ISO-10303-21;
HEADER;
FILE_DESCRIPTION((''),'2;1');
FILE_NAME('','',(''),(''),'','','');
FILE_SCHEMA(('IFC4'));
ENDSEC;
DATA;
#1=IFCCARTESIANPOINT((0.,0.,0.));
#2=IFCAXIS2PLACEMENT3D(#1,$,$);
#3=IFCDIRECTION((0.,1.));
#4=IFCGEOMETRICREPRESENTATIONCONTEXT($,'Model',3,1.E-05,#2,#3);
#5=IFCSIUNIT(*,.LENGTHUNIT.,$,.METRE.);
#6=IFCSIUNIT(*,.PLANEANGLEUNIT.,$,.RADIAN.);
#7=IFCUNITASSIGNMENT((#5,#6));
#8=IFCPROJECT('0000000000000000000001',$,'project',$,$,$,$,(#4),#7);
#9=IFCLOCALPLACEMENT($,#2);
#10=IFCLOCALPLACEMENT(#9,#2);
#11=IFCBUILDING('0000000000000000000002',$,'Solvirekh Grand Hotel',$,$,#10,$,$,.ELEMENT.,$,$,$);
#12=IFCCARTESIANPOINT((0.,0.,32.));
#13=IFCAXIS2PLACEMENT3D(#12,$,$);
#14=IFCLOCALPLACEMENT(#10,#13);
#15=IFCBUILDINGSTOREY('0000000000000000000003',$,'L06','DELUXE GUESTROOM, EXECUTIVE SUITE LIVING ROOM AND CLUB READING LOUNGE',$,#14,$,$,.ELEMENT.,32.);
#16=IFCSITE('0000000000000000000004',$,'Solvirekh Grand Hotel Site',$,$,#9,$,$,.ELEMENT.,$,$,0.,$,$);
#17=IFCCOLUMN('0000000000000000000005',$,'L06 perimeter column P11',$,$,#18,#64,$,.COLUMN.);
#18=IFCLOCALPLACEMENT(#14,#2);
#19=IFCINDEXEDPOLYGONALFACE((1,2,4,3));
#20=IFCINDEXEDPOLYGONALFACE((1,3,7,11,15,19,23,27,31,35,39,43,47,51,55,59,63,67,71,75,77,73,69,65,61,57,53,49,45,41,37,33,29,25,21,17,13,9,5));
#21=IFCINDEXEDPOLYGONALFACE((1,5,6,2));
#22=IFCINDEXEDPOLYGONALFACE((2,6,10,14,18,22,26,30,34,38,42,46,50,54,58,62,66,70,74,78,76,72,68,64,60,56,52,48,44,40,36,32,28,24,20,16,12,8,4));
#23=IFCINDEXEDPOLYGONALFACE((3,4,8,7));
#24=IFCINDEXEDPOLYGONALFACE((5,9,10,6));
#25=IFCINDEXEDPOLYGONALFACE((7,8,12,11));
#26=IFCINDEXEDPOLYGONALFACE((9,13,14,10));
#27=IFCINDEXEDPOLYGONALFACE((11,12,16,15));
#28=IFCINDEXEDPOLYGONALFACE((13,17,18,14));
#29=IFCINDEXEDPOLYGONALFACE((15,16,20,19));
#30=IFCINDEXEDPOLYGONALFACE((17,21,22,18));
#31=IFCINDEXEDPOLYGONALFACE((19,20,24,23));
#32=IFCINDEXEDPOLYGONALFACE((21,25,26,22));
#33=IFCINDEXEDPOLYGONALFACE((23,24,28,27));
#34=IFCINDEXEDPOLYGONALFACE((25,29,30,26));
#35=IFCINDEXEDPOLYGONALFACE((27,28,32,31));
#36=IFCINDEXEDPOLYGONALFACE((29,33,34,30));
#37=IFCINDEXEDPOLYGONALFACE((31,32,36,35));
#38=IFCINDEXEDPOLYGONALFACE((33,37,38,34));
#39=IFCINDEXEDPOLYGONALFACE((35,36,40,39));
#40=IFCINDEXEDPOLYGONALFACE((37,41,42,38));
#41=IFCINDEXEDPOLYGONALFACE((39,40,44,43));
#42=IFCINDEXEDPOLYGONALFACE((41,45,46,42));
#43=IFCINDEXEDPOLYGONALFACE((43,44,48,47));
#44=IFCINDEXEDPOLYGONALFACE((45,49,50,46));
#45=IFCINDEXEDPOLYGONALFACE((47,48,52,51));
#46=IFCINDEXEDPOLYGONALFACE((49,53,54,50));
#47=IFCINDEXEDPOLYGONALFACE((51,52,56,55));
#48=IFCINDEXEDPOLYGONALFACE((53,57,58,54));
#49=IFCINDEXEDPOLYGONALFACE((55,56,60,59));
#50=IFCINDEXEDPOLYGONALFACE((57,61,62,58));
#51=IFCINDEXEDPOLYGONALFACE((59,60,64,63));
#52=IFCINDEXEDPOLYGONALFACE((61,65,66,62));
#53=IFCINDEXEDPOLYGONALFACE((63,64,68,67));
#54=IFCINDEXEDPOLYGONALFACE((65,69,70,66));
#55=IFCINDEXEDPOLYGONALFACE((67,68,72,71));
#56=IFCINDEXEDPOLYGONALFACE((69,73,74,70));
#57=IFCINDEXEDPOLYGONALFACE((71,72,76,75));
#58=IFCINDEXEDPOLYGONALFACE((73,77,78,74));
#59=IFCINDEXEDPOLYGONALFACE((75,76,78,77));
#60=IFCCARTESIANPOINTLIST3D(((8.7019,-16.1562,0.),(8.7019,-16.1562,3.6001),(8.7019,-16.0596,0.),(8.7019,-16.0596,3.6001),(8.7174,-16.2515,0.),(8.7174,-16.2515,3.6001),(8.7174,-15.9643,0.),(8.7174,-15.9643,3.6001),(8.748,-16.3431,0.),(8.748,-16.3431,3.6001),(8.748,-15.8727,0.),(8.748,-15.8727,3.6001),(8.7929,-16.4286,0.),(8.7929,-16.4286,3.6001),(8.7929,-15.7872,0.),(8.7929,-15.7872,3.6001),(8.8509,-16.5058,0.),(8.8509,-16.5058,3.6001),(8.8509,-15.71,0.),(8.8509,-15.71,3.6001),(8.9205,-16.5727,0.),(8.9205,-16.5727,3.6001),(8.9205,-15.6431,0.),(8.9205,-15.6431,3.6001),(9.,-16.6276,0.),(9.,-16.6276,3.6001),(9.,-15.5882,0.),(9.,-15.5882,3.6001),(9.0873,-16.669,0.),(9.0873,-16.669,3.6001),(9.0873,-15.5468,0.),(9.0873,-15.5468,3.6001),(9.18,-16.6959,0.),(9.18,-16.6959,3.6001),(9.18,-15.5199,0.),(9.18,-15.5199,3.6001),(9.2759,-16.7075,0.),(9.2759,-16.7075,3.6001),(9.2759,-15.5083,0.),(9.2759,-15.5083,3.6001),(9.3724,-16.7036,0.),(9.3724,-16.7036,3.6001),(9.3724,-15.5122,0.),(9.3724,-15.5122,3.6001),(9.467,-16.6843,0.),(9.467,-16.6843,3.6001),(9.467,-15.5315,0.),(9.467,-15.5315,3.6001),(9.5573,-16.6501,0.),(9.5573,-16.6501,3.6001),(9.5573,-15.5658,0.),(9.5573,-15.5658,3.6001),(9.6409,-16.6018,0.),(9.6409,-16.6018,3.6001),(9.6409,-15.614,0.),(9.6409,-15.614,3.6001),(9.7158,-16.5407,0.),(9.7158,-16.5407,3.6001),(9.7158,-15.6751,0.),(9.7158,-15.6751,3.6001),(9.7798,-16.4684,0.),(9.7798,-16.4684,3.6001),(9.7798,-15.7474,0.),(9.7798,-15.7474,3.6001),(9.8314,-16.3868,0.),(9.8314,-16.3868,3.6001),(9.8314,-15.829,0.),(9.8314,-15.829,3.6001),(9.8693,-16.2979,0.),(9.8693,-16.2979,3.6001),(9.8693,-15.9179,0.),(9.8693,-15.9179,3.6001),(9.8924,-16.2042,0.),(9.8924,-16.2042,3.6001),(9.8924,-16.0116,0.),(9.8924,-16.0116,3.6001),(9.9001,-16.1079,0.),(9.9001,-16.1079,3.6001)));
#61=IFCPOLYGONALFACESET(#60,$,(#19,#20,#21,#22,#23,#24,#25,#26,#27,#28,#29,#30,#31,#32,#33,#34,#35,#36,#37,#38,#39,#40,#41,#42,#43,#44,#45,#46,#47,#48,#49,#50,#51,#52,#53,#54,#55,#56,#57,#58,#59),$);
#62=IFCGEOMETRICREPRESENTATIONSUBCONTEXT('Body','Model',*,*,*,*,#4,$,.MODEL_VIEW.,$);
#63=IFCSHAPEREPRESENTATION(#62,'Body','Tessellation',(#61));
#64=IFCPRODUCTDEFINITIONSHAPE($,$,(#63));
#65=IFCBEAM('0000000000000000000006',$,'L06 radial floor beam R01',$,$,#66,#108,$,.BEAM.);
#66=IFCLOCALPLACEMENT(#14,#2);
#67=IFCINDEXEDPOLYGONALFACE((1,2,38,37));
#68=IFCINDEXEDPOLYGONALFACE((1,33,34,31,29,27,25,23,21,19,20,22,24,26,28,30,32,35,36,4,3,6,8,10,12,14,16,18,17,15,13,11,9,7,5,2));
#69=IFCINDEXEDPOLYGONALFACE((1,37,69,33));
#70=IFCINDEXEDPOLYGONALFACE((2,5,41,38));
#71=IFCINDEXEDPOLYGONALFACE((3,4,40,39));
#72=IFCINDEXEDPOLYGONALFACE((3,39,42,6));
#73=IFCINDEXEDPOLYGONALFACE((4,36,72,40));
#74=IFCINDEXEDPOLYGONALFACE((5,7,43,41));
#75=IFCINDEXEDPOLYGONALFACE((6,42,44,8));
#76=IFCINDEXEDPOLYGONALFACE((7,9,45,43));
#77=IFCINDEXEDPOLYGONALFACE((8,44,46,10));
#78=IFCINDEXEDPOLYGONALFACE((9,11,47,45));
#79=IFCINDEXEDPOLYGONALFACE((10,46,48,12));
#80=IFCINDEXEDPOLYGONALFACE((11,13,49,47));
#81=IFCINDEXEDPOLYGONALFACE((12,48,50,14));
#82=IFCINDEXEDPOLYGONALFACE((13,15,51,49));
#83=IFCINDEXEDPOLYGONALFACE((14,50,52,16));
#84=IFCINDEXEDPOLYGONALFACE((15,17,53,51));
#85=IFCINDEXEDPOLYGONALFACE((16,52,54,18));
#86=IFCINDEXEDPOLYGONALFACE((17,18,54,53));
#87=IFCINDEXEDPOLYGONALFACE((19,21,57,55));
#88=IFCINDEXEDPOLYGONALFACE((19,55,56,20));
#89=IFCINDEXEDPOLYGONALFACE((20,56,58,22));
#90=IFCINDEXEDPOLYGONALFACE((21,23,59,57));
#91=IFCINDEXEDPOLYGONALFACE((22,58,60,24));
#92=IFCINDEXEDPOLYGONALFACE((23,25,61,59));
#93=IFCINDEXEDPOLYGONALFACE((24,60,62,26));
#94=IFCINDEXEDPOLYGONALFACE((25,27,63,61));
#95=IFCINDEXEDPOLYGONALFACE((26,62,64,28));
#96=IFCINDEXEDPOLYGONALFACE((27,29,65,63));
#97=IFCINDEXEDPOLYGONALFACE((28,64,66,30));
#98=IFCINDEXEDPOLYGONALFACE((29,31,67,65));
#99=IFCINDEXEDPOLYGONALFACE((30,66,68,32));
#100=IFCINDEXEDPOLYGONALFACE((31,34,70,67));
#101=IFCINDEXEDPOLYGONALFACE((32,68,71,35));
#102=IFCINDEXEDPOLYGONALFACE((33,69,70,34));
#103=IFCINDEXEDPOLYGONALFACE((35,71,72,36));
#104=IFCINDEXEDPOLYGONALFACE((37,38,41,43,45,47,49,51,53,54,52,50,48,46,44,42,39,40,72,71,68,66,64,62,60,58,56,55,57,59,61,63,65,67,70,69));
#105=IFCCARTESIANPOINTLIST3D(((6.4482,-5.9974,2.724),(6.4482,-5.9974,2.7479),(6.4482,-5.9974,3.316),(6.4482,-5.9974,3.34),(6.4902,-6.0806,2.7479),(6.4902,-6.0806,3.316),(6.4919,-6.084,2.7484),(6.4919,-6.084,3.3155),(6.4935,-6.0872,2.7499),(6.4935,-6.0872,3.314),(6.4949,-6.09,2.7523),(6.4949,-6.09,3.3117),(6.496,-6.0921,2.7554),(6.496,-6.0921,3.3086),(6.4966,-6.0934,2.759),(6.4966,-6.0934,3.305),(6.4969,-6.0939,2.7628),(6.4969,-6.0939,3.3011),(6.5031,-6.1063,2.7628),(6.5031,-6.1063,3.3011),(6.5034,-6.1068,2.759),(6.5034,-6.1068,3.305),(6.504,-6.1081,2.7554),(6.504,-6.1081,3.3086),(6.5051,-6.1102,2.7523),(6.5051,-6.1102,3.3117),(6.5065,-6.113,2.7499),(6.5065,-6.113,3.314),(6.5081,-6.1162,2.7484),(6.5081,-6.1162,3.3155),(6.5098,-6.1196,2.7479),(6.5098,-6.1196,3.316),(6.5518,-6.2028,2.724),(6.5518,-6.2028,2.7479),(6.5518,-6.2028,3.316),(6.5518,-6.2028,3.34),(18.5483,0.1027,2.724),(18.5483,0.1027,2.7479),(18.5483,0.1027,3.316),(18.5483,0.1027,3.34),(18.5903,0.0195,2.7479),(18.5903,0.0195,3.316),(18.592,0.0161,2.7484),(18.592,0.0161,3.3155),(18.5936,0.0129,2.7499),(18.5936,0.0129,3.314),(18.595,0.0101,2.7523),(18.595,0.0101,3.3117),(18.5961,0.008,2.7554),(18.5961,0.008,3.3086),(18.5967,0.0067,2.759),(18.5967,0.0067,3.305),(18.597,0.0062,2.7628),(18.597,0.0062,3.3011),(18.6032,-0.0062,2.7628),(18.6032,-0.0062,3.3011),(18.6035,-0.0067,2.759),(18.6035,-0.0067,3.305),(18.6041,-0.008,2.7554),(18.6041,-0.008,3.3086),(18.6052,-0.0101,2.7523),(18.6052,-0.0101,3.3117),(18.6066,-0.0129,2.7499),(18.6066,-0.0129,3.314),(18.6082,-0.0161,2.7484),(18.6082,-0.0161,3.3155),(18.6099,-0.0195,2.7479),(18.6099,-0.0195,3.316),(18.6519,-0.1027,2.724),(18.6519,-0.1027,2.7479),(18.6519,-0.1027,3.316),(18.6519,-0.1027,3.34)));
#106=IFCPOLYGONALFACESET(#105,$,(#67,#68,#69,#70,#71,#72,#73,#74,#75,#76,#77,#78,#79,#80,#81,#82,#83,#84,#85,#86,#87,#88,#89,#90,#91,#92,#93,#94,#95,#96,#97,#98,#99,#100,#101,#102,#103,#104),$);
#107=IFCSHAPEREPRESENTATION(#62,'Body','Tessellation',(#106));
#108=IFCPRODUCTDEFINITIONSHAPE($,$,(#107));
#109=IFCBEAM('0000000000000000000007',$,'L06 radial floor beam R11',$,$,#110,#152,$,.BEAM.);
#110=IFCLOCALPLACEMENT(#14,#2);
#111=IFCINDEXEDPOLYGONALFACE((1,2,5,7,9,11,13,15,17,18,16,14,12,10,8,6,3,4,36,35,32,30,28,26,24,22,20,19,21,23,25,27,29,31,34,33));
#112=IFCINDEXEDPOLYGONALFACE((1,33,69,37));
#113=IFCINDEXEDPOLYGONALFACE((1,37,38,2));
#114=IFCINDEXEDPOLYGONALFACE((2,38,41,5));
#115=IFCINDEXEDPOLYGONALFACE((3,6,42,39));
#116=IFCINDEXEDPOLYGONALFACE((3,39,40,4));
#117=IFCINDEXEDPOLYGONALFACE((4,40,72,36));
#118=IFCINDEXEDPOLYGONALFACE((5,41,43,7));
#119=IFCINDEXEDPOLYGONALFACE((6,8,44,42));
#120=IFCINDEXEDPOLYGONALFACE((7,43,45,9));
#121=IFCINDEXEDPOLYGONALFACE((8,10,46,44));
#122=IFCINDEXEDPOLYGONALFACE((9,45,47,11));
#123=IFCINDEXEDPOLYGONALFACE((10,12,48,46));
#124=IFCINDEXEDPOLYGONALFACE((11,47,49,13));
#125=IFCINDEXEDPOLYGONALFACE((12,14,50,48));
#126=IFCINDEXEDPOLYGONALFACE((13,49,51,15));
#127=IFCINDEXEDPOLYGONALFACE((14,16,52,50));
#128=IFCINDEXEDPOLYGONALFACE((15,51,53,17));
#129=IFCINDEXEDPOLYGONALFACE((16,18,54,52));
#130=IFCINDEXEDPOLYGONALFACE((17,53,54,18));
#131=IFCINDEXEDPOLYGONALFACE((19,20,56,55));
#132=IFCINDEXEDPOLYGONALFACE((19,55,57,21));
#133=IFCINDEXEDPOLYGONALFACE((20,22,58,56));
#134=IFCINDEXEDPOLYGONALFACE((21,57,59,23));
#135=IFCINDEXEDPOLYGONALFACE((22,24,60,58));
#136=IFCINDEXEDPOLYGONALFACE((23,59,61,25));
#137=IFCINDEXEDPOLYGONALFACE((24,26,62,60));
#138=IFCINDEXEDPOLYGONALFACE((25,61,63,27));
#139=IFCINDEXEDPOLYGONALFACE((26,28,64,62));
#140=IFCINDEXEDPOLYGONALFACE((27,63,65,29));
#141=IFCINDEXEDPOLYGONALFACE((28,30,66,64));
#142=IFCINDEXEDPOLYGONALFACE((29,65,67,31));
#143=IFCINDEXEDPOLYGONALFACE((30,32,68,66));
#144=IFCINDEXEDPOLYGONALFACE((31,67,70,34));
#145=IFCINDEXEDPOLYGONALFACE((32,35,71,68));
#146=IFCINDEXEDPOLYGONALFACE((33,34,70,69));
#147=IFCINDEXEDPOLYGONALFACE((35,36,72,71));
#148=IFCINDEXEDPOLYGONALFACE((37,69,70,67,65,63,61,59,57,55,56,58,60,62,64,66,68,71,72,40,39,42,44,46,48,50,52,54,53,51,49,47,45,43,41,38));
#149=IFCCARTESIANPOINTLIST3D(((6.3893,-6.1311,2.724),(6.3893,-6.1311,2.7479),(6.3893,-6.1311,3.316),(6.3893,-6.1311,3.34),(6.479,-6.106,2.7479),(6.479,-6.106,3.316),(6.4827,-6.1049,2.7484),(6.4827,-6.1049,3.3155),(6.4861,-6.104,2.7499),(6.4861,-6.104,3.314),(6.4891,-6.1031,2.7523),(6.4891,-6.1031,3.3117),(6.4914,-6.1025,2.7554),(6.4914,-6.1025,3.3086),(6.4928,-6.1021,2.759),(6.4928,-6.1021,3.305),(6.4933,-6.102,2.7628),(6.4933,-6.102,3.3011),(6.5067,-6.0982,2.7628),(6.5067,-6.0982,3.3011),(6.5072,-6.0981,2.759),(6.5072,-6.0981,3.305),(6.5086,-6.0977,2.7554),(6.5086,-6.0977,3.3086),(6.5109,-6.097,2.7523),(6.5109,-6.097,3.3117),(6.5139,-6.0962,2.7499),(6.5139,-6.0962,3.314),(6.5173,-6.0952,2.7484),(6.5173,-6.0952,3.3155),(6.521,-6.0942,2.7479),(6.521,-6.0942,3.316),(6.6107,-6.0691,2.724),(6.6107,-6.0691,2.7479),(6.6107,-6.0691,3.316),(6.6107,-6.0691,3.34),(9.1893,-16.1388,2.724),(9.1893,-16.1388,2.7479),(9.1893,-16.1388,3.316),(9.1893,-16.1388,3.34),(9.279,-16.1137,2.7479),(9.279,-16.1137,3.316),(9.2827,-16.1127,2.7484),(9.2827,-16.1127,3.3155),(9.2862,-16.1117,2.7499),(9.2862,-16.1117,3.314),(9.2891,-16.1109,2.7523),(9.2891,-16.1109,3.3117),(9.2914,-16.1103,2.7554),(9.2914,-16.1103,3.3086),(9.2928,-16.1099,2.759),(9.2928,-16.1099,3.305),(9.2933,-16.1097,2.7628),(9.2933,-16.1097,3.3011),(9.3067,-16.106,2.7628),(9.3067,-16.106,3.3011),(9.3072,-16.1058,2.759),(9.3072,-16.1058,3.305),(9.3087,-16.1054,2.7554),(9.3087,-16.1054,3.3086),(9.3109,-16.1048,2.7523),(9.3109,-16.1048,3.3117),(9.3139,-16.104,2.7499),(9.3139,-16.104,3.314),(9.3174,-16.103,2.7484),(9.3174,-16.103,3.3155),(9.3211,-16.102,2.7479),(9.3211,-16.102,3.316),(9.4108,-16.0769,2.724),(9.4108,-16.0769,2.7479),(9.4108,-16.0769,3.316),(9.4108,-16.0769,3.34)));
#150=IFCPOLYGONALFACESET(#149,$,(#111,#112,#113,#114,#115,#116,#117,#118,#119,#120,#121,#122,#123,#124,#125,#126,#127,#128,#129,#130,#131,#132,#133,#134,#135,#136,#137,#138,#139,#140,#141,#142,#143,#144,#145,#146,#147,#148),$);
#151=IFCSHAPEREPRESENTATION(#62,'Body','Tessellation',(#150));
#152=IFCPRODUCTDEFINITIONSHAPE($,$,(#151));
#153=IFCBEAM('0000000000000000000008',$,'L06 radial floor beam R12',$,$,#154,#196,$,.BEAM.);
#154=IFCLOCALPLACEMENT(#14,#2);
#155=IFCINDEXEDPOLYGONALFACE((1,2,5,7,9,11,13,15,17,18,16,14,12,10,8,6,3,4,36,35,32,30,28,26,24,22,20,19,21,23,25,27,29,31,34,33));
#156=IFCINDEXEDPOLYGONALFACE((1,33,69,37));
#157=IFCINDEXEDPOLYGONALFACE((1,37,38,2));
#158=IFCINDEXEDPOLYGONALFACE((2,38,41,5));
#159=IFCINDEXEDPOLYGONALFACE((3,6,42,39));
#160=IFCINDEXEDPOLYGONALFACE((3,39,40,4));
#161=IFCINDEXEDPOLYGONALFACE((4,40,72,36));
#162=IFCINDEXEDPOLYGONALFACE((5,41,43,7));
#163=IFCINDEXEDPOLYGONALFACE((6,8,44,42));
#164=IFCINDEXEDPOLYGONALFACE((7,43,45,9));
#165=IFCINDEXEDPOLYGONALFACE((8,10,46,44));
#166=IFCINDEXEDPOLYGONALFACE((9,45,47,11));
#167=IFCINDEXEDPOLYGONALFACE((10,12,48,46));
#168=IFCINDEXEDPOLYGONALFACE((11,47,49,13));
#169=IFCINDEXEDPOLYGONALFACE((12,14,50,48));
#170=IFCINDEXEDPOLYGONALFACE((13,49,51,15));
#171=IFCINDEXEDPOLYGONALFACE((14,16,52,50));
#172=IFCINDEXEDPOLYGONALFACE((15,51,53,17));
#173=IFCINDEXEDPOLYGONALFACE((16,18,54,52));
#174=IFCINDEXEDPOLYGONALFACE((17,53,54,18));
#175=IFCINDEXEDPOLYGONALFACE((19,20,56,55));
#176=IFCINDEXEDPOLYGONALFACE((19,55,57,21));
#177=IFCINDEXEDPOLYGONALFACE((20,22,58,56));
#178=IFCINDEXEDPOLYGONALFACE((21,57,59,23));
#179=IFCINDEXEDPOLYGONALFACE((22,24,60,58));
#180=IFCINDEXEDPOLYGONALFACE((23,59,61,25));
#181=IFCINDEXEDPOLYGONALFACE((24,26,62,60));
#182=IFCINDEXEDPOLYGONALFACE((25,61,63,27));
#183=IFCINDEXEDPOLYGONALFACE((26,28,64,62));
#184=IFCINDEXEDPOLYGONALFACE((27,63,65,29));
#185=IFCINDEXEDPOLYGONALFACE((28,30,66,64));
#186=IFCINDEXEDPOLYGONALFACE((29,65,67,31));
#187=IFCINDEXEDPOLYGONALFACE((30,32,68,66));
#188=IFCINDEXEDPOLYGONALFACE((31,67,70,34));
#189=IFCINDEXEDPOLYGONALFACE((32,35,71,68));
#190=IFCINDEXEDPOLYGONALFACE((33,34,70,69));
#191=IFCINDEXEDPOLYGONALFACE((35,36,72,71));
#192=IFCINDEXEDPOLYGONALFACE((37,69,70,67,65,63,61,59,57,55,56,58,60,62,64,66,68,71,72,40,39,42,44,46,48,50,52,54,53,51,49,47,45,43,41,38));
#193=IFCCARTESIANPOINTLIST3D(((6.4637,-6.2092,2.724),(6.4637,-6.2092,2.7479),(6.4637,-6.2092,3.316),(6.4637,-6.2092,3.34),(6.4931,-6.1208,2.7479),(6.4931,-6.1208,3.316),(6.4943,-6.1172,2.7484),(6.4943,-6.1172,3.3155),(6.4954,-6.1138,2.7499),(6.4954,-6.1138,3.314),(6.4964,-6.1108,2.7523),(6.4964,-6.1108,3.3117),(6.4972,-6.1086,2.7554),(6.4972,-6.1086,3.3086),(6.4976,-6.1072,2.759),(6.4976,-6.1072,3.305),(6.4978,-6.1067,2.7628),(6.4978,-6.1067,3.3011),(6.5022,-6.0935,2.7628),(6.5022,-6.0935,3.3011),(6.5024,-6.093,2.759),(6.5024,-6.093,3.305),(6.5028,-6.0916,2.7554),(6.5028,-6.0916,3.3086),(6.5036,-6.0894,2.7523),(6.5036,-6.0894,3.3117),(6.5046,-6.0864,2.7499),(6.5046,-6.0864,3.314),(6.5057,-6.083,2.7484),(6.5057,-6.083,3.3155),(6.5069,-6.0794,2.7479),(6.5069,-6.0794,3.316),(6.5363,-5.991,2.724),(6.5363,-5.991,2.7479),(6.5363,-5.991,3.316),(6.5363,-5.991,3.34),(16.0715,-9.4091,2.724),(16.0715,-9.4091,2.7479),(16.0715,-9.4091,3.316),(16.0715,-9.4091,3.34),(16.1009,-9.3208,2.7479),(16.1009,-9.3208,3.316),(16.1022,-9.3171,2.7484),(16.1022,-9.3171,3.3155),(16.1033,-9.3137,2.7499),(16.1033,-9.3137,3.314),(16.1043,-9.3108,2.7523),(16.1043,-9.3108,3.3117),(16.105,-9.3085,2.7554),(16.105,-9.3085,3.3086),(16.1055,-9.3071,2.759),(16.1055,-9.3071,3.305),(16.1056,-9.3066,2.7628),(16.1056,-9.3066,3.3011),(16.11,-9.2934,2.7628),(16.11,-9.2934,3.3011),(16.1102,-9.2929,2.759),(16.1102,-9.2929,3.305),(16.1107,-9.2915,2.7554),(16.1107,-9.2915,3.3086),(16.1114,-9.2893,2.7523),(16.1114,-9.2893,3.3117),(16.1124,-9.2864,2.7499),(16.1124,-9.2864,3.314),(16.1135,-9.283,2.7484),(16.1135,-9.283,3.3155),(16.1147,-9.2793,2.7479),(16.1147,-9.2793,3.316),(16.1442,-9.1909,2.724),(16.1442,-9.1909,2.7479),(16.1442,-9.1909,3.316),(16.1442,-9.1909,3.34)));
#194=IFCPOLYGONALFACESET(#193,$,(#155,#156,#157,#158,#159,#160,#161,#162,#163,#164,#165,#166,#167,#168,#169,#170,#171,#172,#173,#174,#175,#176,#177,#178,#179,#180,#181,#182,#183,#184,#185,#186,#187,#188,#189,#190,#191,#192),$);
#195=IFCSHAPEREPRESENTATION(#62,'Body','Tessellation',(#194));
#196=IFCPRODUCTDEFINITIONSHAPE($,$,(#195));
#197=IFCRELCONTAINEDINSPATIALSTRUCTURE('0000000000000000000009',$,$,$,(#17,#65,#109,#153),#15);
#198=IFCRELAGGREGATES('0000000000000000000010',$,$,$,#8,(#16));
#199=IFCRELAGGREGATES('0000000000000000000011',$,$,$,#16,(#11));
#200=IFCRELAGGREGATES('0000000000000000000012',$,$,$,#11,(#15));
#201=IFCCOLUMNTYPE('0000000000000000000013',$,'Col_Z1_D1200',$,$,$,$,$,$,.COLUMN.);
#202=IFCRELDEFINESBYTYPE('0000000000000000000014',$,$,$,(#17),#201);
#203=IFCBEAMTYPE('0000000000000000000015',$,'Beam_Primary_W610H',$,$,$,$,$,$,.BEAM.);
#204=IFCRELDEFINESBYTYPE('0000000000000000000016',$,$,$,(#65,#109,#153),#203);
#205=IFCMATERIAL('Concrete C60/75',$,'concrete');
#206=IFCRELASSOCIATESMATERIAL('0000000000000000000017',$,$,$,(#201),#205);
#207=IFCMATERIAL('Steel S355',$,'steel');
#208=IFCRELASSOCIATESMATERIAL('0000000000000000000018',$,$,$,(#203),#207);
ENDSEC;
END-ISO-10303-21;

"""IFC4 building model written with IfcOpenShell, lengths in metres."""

from ifc_helpers import new_model, si_unit, direction, frame, origin, origin_2d, place, context, subcontext, project, spatial, circle, i_section, extrude, material, material_profile, profile_set, type_object, element, save


model = new_model("IFC4")

# Units and contexts
model_context = context("Model", 3, precision=1e-05, world=origin(), true_north=direction((0.0, 1.0)))
body_context = subcontext(model_context, "Body", "Model", "MODEL_VIEW")
ifc_project = project(units=[si_unit("LENGTHUNIT", "METRE"), si_unit("PLANEANGLEUNIT", "RADIAN")], contexts=[model_context])

# Site, building, storey
site_placement = place(None, origin())
site = spatial("IfcSite", under=ifc_project, at=site_placement, Name="Solvirekh Grand Hotel Site", CompositionType="ELEMENT", RefElevation=0.0)
building_placement = place(site_placement, origin())
building = spatial("IfcBuilding", under=site, at=building_placement, Name="Solvirekh Grand Hotel", CompositionType="ELEMENT")
storey_placement = place(building_placement, frame((0.0, 0.0, 32.0)))
storey = spatial("IfcBuildingStorey", under=building, at=storey_placement, Name="L06", Description="DELUXE GUESTROOM, EXECUTIVE SUITE LIVING ROOM AND CLUB READING LOUNGE", CompositionType="ELEMENT", Elevation=32.0)

# Column
ifc_material_1 = material(Name="Concrete C60/75", Category="concrete")
ifc_material_profile_1 = material_profile(ifc_material_1, circle(Radius=0.6001, at=origin_2d()), Name="RC CIRC D1200")
ifc_profile_set_1 = profile_set([ifc_material_profile_1], Name="Concrete C60/75")
column_type = type_object("IfcColumnType", Name="Col_Z1_D1200", PredefinedType="COLUMN", material=ifc_profile_set_1)
column_placement = place(storey_placement, frame((9.3, -16.1079, 0.0), z_axis=(0.0, 0.0, 1.0), x_axis=(1.0, 0.0, 0.0)))
element("IfcColumn", 1, at=column_placement, inside=storey, type_object=column_type, Name="L06 perimeter column P11", PredefinedType="COLUMN", context=body_context, shape_type="SweptSolid", body=[
    extrude(circle(Radius=0.6001, at=origin_2d()), origin(), (0.0, 0.0, 1.0), 3.6001),
])

# Beams
ifc_material_2 = material(Name="Steel S355", Category="steel")
ifc_material_profile_2 = material_profile(ifc_material_2, i_section(OverallWidth=0.23, OverallDepth=0.616, WebThickness=0.0139, FlangeThickness=0.0239, FilletRadius=0.0149, at=origin_2d()), Name="W610X174")
ifc_profile_set_2 = profile_set([ifc_material_profile_2], Name="Steel S355")
beam_type_1 = type_object("IfcBeamType", Name="Beam_Primary_W610H", PredefinedType="BEAM", material=ifc_profile_set_2)
beam_1_placement = place(storey_placement, frame((6.5, -6.1001, 3.032), z_axis=(0.892945, 0.450166, 0.0), x_axis=(-0.450166, 0.892945, 0.0)))
element("IfcBeam", 2, at=beam_1_placement, inside=storey, type_object=beam_type_1, Name="L06 radial floor beam R01", PredefinedType="BEAM", context=body_context, shape_type="SweptSolid", body=[
    extrude(i_section(OverallWidth=0.23, OverallDepth=0.616, WebThickness=0.0139, FlangeThickness=0.0239, FilletRadius=0.0149, at=origin_2d()), origin(), (0.0, 0.0, 1.0), 13.5508),
])
beam_2_placement = place(storey_placement, frame((6.5, -6.1001, 3.032), z_axis=(0.269439, -0.963017, 0.0), x_axis=(0.963017, 0.269439, 0.0)))
element("IfcBeam", 3, at=beam_2_placement, inside=storey, type_object=beam_type_1, Name="L06 radial floor beam R11", PredefinedType="BEAM", context=body_context, shape_type="SweptSolid", body=[
    extrude(i_section(OverallWidth=0.23, OverallDepth=0.616, WebThickness=0.0139, FlangeThickness=0.0239, FilletRadius=0.0149, at=origin_2d()), origin(), (0.0, 0.0, 1.0), 10.3921),
])
beam_3_placement = place(storey_placement, frame((6.5, -6.1001, 3.032), z_axis=(0.948763, -0.315989, 0.0), x_axis=(0.315989, 0.948763, 0.0)))
element("IfcBeam", 4, at=beam_3_placement, inside=storey, type_object=beam_type_1, Name="L06 radial floor beam R12", PredefinedType="BEAM", context=body_context, shape_type="SweptSolid", body=[
    extrude(i_section(OverallWidth=0.23, OverallDepth=0.616, WebThickness=0.0139, FlangeThickness=0.0239, FilletRadius=0.0149, at=origin_2d()), origin(), (0.0, 0.0, 1.0), 10.1267),
])

save(model, "model.ifc")
